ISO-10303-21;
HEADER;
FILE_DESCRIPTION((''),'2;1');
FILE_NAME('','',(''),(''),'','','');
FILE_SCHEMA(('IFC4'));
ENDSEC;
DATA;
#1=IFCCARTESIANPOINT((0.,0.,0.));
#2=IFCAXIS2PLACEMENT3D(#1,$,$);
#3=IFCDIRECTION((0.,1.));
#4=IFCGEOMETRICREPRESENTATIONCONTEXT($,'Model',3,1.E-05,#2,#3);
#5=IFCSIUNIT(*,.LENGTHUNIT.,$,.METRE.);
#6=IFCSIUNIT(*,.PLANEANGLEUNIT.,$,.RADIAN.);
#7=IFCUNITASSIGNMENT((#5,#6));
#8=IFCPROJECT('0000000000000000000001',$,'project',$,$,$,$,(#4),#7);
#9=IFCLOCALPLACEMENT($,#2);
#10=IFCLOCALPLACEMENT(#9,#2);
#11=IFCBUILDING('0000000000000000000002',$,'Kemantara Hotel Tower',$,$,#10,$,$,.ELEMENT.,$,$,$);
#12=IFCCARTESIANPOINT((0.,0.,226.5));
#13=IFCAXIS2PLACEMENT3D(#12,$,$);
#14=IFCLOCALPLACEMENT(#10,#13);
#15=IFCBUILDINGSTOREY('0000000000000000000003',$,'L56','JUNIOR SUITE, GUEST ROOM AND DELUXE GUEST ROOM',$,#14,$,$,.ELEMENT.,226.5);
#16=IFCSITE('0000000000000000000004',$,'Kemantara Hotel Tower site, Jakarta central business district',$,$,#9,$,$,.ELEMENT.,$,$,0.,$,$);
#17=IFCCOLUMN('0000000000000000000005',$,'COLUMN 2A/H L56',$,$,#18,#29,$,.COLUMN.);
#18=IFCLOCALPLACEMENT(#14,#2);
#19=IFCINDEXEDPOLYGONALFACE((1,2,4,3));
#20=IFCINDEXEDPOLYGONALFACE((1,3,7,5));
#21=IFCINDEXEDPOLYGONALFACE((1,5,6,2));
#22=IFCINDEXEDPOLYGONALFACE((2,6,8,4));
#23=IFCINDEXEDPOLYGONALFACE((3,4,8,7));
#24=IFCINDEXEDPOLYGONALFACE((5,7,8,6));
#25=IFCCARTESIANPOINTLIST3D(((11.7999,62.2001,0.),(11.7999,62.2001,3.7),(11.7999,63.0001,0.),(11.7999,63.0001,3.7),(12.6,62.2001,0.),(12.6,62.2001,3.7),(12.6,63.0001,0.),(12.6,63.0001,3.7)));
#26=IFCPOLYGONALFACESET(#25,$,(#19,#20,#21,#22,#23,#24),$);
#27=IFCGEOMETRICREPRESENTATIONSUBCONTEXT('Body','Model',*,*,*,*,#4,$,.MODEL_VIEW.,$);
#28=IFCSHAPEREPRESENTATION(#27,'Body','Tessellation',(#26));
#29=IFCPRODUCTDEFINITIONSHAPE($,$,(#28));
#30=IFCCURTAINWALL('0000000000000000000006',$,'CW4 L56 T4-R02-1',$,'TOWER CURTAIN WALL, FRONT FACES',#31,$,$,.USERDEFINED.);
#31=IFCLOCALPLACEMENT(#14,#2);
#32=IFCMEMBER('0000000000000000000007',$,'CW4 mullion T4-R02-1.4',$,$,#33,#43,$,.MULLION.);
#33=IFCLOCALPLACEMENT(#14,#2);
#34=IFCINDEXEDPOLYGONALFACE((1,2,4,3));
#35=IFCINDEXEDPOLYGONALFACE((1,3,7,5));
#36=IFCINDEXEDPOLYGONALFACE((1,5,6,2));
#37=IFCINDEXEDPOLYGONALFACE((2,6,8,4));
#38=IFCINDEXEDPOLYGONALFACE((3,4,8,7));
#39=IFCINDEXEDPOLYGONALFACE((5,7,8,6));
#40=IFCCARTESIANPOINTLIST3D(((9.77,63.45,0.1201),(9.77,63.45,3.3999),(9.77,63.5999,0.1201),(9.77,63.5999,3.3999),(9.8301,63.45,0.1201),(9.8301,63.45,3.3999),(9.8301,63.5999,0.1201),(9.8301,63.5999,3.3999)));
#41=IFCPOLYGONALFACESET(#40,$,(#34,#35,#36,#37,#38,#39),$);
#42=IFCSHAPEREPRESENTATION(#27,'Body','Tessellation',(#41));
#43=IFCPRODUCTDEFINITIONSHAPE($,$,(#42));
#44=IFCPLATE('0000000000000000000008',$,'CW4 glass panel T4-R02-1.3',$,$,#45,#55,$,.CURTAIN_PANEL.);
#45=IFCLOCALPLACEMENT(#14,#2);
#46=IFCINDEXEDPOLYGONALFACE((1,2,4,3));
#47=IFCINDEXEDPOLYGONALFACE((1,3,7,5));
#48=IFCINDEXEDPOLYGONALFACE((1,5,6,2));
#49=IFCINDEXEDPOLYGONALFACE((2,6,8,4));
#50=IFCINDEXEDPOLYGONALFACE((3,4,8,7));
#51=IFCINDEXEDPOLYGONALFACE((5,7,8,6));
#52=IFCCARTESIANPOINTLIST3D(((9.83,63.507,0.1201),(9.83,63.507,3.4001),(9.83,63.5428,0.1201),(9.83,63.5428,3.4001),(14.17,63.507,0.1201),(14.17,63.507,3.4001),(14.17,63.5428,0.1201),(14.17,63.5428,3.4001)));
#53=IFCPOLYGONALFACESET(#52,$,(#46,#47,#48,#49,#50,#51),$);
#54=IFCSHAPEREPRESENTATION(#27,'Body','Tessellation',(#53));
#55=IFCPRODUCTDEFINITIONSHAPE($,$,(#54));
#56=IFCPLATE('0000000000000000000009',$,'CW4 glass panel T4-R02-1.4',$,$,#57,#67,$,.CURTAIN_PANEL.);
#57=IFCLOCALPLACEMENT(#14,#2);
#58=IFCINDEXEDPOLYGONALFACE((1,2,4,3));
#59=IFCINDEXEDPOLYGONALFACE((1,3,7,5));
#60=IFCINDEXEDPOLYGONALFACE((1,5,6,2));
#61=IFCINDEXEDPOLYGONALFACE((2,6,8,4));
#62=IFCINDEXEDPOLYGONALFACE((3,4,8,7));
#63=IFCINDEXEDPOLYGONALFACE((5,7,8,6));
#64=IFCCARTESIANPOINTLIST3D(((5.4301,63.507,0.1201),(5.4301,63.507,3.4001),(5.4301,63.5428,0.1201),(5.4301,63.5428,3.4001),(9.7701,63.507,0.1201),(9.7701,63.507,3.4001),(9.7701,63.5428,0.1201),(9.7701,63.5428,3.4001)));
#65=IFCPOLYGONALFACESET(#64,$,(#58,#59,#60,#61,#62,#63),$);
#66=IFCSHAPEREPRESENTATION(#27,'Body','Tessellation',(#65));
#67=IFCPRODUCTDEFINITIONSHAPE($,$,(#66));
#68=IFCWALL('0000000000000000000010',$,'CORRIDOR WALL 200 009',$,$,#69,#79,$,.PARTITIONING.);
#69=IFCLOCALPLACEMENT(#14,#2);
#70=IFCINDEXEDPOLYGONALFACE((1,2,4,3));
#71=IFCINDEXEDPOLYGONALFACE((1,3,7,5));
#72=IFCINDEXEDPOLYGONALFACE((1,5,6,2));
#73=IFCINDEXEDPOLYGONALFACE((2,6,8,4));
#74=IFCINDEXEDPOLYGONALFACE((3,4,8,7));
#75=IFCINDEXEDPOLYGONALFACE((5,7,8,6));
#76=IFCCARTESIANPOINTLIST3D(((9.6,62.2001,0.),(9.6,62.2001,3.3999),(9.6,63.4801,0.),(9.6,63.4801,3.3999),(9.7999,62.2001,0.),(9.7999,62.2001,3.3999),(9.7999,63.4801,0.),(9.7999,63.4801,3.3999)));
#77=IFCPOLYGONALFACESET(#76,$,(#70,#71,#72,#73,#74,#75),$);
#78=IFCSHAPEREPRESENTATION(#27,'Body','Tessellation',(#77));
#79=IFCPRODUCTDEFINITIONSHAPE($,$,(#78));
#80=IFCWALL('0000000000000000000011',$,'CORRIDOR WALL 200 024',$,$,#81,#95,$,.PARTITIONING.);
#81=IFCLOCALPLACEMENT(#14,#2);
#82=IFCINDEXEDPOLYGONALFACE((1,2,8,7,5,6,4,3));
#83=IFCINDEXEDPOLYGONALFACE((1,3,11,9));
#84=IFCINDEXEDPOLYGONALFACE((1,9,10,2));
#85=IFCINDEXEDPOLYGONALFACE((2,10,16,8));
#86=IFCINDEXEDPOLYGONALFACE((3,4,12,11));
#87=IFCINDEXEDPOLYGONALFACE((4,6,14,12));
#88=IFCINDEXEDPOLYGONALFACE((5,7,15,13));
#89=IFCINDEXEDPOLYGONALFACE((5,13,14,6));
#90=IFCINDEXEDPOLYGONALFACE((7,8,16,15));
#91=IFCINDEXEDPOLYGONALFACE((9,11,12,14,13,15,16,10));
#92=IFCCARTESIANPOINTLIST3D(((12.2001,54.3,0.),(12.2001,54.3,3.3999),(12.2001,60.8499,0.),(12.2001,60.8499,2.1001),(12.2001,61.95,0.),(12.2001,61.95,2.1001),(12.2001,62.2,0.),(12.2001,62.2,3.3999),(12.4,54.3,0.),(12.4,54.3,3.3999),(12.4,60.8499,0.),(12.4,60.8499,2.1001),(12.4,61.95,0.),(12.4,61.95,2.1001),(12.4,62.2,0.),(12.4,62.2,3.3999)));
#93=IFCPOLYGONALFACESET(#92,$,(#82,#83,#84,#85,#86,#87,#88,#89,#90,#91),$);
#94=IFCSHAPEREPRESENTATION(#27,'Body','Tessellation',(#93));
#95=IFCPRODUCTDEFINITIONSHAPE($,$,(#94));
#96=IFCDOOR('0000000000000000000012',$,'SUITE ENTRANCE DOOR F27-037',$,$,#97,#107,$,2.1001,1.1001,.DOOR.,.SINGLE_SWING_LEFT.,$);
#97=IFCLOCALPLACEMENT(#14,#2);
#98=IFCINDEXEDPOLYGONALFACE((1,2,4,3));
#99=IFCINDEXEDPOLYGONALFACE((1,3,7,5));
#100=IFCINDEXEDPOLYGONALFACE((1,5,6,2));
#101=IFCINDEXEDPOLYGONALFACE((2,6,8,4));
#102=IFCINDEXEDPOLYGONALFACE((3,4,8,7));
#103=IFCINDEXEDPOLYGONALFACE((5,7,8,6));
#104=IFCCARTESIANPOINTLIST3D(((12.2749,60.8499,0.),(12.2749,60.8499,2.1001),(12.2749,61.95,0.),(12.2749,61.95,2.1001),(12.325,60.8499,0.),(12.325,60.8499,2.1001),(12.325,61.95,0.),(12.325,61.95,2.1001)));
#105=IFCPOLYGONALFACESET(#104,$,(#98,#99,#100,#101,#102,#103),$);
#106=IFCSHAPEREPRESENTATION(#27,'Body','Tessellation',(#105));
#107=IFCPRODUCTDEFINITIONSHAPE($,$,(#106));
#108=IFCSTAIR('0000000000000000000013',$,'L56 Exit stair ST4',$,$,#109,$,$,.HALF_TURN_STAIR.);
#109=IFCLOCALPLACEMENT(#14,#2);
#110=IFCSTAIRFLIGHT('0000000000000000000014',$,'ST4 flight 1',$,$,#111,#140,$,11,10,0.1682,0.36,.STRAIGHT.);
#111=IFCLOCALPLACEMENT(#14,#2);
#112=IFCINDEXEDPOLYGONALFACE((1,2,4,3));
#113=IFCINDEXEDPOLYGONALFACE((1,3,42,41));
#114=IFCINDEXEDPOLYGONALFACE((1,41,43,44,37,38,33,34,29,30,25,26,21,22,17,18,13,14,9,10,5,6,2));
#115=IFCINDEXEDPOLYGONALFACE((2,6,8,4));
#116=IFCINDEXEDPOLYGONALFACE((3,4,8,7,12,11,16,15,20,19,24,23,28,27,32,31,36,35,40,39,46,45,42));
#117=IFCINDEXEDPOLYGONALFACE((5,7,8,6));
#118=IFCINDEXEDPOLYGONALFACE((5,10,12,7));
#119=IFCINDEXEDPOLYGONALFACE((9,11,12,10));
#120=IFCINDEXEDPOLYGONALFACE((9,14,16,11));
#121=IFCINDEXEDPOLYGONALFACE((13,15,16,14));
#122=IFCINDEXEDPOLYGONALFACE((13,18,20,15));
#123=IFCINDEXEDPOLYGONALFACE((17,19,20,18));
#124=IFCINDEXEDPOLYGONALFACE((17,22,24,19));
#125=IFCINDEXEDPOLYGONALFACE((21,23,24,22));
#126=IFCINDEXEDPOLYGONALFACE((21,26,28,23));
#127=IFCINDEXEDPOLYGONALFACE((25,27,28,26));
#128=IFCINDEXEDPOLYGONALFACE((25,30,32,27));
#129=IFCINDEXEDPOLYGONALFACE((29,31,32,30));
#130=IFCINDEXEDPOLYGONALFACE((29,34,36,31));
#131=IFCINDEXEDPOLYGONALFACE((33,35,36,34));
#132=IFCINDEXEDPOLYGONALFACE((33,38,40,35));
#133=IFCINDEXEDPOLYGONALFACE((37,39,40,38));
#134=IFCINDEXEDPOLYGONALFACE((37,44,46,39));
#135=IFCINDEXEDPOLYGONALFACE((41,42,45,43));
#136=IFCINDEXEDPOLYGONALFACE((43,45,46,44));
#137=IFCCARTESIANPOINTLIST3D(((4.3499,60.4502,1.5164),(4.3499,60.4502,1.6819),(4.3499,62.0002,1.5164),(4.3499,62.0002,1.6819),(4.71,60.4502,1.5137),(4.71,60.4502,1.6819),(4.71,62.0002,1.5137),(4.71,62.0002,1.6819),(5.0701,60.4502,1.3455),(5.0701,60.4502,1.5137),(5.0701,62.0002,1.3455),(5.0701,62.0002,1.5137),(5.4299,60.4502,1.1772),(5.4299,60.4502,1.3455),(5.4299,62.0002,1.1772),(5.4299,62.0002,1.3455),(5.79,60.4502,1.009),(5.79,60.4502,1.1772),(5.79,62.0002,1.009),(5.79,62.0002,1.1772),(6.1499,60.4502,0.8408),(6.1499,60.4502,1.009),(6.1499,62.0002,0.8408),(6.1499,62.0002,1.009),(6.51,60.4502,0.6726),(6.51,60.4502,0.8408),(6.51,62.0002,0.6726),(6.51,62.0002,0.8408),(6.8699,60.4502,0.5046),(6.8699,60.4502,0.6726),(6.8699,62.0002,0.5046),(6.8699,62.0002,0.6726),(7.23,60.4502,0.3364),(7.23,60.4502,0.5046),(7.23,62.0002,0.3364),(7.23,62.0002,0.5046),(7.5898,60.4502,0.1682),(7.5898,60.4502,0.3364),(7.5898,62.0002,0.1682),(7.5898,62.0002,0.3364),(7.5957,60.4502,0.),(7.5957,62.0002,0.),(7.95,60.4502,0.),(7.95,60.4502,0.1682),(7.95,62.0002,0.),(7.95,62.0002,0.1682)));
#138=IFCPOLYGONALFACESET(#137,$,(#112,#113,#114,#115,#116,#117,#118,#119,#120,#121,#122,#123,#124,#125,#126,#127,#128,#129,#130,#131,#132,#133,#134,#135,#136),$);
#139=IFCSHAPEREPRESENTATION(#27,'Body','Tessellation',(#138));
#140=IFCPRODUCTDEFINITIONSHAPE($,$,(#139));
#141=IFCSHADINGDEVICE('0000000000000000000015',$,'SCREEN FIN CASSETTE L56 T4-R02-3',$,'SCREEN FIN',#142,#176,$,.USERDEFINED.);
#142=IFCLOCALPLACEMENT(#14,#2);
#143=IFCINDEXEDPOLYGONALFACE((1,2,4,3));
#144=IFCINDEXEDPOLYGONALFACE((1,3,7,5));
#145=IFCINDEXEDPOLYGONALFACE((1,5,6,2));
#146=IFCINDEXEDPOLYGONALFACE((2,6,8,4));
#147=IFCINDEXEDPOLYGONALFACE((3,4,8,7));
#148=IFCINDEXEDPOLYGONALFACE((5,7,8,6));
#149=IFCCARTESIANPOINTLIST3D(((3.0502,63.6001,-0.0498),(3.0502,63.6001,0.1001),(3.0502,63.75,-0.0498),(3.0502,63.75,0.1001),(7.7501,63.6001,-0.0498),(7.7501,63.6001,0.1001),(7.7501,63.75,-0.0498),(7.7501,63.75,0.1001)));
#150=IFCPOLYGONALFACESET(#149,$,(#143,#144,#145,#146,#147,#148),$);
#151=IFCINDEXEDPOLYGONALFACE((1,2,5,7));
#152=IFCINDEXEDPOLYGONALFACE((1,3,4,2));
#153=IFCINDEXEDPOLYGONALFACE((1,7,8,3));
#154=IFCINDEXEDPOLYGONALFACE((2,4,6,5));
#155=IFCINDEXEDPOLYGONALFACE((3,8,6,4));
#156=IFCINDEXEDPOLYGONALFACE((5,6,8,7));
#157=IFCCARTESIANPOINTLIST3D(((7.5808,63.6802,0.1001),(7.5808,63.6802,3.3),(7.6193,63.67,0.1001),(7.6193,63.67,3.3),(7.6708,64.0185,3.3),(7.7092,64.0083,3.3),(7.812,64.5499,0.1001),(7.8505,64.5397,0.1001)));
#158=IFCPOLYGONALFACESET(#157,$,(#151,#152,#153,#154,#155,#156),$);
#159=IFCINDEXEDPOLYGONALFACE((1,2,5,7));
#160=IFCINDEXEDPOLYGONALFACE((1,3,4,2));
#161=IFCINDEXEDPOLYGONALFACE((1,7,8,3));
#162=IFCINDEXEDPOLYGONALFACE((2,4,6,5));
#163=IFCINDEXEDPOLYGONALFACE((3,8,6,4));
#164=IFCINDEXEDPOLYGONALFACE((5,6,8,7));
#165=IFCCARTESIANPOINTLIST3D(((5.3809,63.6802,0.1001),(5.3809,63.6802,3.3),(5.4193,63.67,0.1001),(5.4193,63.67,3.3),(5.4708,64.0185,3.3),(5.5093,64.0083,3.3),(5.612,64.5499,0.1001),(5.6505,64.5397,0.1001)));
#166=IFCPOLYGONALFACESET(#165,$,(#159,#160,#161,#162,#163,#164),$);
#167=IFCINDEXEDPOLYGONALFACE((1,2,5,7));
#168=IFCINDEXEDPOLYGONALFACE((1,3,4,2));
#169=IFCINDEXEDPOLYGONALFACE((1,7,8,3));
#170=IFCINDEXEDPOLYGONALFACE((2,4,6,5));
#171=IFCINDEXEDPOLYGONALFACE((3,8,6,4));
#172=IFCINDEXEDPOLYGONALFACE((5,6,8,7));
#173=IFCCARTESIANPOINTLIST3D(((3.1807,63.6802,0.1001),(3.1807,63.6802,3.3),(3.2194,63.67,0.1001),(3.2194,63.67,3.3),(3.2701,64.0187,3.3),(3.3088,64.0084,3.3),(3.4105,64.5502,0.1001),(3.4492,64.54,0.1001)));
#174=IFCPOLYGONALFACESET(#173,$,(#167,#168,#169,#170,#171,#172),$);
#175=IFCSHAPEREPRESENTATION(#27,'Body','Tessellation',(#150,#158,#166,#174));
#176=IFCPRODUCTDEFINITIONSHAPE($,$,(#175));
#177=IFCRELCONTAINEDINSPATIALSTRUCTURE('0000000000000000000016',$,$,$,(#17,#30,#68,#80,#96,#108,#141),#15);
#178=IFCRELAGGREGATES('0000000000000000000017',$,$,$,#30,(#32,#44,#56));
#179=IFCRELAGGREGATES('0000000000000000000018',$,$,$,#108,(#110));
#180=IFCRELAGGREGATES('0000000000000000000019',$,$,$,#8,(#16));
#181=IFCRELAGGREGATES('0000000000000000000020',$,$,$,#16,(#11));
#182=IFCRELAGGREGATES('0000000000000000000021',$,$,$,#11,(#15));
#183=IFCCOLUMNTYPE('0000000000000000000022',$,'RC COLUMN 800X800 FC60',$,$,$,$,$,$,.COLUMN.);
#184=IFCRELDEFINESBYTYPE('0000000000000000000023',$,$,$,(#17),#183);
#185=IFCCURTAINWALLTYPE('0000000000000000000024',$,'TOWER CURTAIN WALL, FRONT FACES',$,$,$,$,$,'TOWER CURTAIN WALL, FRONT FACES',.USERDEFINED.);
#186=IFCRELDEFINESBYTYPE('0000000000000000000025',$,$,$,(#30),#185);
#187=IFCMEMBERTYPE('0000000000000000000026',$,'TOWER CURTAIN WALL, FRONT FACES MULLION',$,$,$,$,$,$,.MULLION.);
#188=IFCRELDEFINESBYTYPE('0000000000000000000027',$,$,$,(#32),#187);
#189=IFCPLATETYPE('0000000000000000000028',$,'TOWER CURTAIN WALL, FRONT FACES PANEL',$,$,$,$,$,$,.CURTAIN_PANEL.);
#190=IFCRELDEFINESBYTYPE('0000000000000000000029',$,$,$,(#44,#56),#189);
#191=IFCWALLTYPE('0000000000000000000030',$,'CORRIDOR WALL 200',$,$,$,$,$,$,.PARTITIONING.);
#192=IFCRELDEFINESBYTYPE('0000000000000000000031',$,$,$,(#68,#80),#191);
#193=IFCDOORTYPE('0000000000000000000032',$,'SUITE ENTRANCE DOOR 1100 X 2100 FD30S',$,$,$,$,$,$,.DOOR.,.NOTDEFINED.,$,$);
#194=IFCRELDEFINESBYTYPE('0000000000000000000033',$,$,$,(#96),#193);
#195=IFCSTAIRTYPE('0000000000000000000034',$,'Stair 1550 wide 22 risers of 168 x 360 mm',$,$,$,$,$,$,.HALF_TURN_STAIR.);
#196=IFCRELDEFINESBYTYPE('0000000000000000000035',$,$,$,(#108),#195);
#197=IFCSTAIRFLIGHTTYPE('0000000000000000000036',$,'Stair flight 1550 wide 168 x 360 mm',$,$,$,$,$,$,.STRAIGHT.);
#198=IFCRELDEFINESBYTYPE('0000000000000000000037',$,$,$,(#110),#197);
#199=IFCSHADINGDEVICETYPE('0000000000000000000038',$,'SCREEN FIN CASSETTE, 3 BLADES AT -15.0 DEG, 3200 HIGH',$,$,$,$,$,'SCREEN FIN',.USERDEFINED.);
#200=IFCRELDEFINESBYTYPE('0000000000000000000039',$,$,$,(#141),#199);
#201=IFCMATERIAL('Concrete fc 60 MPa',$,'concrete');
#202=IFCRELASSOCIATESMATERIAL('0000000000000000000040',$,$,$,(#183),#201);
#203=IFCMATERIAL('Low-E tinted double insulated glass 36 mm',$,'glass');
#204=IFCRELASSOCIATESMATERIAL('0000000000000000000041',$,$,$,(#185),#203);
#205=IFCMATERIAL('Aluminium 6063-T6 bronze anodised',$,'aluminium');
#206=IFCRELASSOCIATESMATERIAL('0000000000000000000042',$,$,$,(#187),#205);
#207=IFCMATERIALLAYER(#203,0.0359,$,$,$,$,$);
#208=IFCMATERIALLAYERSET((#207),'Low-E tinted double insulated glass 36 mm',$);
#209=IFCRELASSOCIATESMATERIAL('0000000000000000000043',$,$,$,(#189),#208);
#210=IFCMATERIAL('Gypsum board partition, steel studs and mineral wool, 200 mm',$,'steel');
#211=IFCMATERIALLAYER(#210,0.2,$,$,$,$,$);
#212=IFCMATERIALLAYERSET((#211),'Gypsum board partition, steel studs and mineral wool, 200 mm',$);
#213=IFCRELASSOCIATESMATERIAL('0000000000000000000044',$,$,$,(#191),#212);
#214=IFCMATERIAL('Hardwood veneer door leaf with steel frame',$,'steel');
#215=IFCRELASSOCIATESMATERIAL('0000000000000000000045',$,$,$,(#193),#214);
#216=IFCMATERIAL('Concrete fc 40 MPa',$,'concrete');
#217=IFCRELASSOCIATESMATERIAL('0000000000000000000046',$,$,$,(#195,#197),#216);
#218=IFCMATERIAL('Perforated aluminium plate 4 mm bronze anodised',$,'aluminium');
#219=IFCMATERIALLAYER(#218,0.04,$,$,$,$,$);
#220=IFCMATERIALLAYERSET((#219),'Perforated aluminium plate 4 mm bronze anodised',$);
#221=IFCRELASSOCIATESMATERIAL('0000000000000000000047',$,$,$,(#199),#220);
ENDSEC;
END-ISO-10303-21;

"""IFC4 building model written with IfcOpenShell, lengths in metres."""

from ifc_helpers import new_model, si_unit, direction, frame, frame_2d, origin, origin_2d, place, context, subcontext, project, spatial, polyline, rectangle, outline, extrude, source, transform, mapped, material, layer, layer_set, material_profile, profile_set, type_object, element, fill, aggregate, save


model = new_model("IFC4")

# Units and contexts
model_context = context("Model", 3, precision=1e-05, world=origin(), true_north=direction((0.0, 1.0)))
body_context = subcontext(model_context, "Body", "Model", "MODEL_VIEW")
ifc_project = project(units=[si_unit("LENGTHUNIT", "METRE"), si_unit("PLANEANGLEUNIT", "RADIAN")], contexts=[model_context])

# Site, building, storey
site_placement = place(None, origin())
site = spatial("IfcSite", under=ifc_project, at=site_placement, Name="Kemantara Hotel Tower site, Jakarta central business district", CompositionType="ELEMENT", RefElevation=0.0)
building_placement = place(site_placement, origin())
building = spatial("IfcBuilding", under=site, at=building_placement, Name="Kemantara Hotel Tower", CompositionType="ELEMENT")
storey_placement = place(building_placement, frame((0.0, 0.0, 226.5)))
storey = spatial("IfcBuildingStorey", under=building, at=storey_placement, Name="L56", Description="JUNIOR SUITE, GUEST ROOM AND DELUXE GUEST ROOM", CompositionType="ELEMENT", Elevation=226.5)

# Column
ifc_material_1 = material(Name="Concrete fc 60 MPa", Category="concrete")
ifc_material_profile_1 = material_profile(ifc_material_1, rectangle(XDim=0.8, YDim=0.8, at=origin_2d()), Name="RC 800X800")
ifc_profile_set_1 = profile_set([ifc_material_profile_1], Name="Concrete fc 60 MPa")
column_type = type_object("IfcColumnType", Name="RC COLUMN 800X800 FC60", PredefinedType="COLUMN", material=ifc_profile_set_1)
column_placement = place(storey_placement, frame((12.2, 62.6001, 0.0), z_axis=(0.0, 0.0, 1.0), x_axis=(1.0, 0.0, 0.0)))
element("IfcColumn", 1, at=column_placement, inside=storey, type_object=column_type, Name="COLUMN 2A/H L56", PredefinedType="COLUMN", context=body_context, shape_type="SweptSolid", body=[
    extrude(rectangle(XDim=0.8, YDim=0.8, at=origin_2d()), origin(), (0.0, 0.0, 1.0), 3.7),
])

# Curtain wall, member, plates
ifc_material_2 = material(Name="Low-E tinted double insulated glass 36 mm", Category="glass")
curtain_wall_type = type_object("IfcCurtainWallType", Name="TOWER CURTAIN WALL, FRONT FACES", ElementType="TOWER CURTAIN WALL, FRONT FACES", PredefinedType="USERDEFINED", material=ifc_material_2)
curtain_wall_placement = place(storey_placement, origin())
curtain_wall = element("IfcCurtainWall", 2, at=curtain_wall_placement, inside=storey, type_object=curtain_wall_type, Name="CW4 L56 T4-R02-1", ObjectType="TOWER CURTAIN WALL, FRONT FACES", PredefinedType="USERDEFINED")
ifc_material_3 = material(Name="Aluminium 6063-T6 bronze anodised", Category="aluminium")
ifc_material_profile_2 = material_profile(ifc_material_3, rectangle(XDim=0.1499, YDim=0.0601, at=origin_2d()), Name="TOWER CURTAIN WALL, FRONT FACES MULLION")
ifc_profile_set_2 = profile_set([ifc_material_profile_2], Name="Aluminium 6063-T6 bronze anodised")
member_type = type_object("IfcMemberType", Name="TOWER CURTAIN WALL, FRONT FACES MULLION", PredefinedType="MULLION", material=ifc_profile_set_2)
shared_shape_1 = source(origin(), body_context, "Body", "SweptSolid", [
    extrude(rectangle(XDim=0.1499, YDim=0.0601, at=origin_2d()), origin(), (0.0, 0.0, 1.0), 3.2798),
])
member_placement = place(storey_placement, frame((9.8, 63.5249, 0.1201), z_axis=(0.0, 0.0, 1.0), x_axis=(0.0, -1.0, 0.0)))
member = element("IfcMember", 3, at=member_placement, type_object=member_type, Name="CW4 mullion T4-R02-1.4", PredefinedType="MULLION", context=body_context, shape_type="MappedRepresentation", body=[
    mapped(shared_shape_1, transform((0.0, 0.0, 0.0))),
])
ifc_layer_1 = layer(ifc_material_2, 0.0359)
ifc_layer_set_1 = layer_set([ifc_layer_1], Name="Low-E tinted double insulated glass 36 mm")
plate_type = type_object("IfcPlateType", Name="TOWER CURTAIN WALL, FRONT FACES PANEL", PredefinedType="CURTAIN_PANEL", material=ifc_layer_set_1)
shared_shape_2 = source(origin(), body_context, "Body", "SweptSolid", [
    extrude(rectangle(XDim=4.3401, YDim=0.0359, at=origin_2d()), origin(), (0.0, 0.0, 1.0), 3.28),
])
plate_1_placement = place(storey_placement, frame((12.0, 63.5249, 0.1201), z_axis=(0.0, 0.0, 1.0), x_axis=(-1.0, 0.0, 0.0)))
plate_1 = element("IfcPlate", 4, at=plate_1_placement, type_object=plate_type, Name="CW4 glass panel T4-R02-1.3", PredefinedType="CURTAIN_PANEL", context=body_context, shape_type="MappedRepresentation", body=[
    mapped(shared_shape_2, transform((0.0, 0.0, 0.0))),
])
plate_2_placement = place(storey_placement, frame((7.6001, 63.5249, 0.1201), z_axis=(0.0, 0.0, 1.0), x_axis=(-1.0, 0.0, 0.0)))
plate_2 = element("IfcPlate", 5, at=plate_2_placement, type_object=plate_type, Name="CW4 glass panel T4-R02-1.4", PredefinedType="CURTAIN_PANEL", context=body_context, shape_type="MappedRepresentation", body=[
    mapped(shared_shape_2, transform((0.0, 0.0, 0.0))),
])
aggregate(curtain_wall, [member, plate_1, plate_2])

# Wall
ifc_material_4 = material(Name="Gypsum board partition, steel studs and mineral wool, 200 mm", Category="steel")
ifc_layer_2 = layer(ifc_material_4, 0.2)
ifc_layer_set_2 = layer_set([ifc_layer_2], Name="Gypsum board partition, steel studs and mineral wool, 200 mm")
wall_type = type_object("IfcWallType", Name="CORRIDOR WALL 200", PredefinedType="PARTITIONING", material=ifc_layer_set_2)
wall_1_placement = place(storey_placement, frame((9.7, 62.2, 0.0), z_axis=(0.0, 0.0, 1.0), x_axis=(0.0, 1.0, 0.0)))
element("IfcWall", 6, at=wall_1_placement, inside=storey, type_object=wall_type, Name="CORRIDOR WALL 200 009", PredefinedType="PARTITIONING", context=body_context, shape_type="SweptSolid", body=[
    extrude(rectangle(XDim=1.28, YDim=0.2, at=frame_2d((0.6401, 0.0))), origin(), (0.0, 0.0, 1.0), 3.3999),
])

# Wall, opening, door
wall_2_placement = place(storey_placement, frame((12.3, 62.2, 0.0), z_axis=(0.0, 0.0, 1.0), x_axis=(0.0, -1.0, 0.0)))
wall_2 = element("IfcWall", 7, at=wall_2_placement, inside=storey, type_object=wall_type, Name="CORRIDOR WALL 200 024", PredefinedType="PARTITIONING", context=body_context, shape_type="SweptSolid", body=[
    extrude(rectangle(XDim=7.8999, YDim=0.2, at=frame_2d((3.95, 0.0))), origin(), (0.0, 0.0, 1.0), 3.3999),
])
opening_placement = place(wall_2_placement, frame((0.25, 0.0, 0.0)))
opening = element("IfcOpeningElement", 8, at=opening_placement, cuts=wall_2, PredefinedType="OPENING", context=body_context, shape_type="SweptSolid", body=[
    extrude(rectangle(XDim=1.1001, YDim=2.1001, at=frame_2d((0.55, 1.05))), frame((0.0, 0.1099, 0.0), z_axis=(0.0, -1.0, 0.0), x_axis=(1.0, 0.0, 0.0)), (0.0, 0.0, 1.0), 0.22),
])
ifc_material_5 = material(Name="Hardwood veneer door leaf with steel frame", Category="steel")
door_type = type_object("IfcDoorType", Name="SUITE ENTRANCE DOOR 1100 X 2100 FD30S", OperationType="NOTDEFINED", PredefinedType="DOOR", material=ifc_material_5)
door_placement = place(opening_placement, origin())
door = element("IfcDoor", 9, at=door_placement, inside=storey, type_object=door_type, Name="SUITE ENTRANCE DOOR F27-037", OperationType="SINGLE_SWING_LEFT", OverallHeight=2.1001, OverallWidth=1.1001, PredefinedType="DOOR", context=body_context, shape_type="SweptSolid", body=[
    extrude(rectangle(XDim=1.1001, YDim=2.1001, at=frame_2d((0.55, 1.05))), frame((0.0, 0.0249, 0.0), z_axis=(0.0, -1.0, 0.0), x_axis=(1.0, 0.0, 0.0)), (0.0, 0.0, 1.0), 0.05),
])
fill(opening, door)

# Stair, stair flight
ifc_material_6 = material(Name="Concrete fc 40 MPa", Category="concrete")
stair_type = type_object("IfcStairType", Name="Stair 1550 wide 22 risers of 168 x 360 mm", PredefinedType="HALF_TURN_STAIR", material=ifc_material_6)
stair_placement = place(storey_placement, origin())
stair = element("IfcStair", 10, at=stair_placement, inside=storey, type_object=stair_type, Name="L56 Exit stair ST4", PredefinedType="HALF_TURN_STAIR")
stair_flight_type = type_object("IfcStairFlightType", Name="Stair flight 1550 wide 168 x 360 mm", PredefinedType="STRAIGHT", material=ifc_material_6)
stair_flight_placement = place(storey_placement, frame((7.95, 61.2251, 0.0), z_axis=(0.0, 0.0, 1.0), x_axis=(-1.0, 0.0, 0.0)))
stair_flight = element("IfcStairFlight", 11, at=stair_flight_placement, type_object=stair_flight_type, Name="ST4 flight 1", NumberOfRisers=11, NumberOfTreads=10, PredefinedType="STRAIGHT", RiserHeight=0.1682, TreadLength=0.36, context=body_context, shape_type="SweptSolid", body=[
    extrude(outline(polyline([(0.0, 0.0), (0.0, 0.1682), (0.3601, 0.1682), (0.3601, 0.3364), (0.72, 0.3364), (0.72, 0.5046), (1.0801, 0.5046), (1.0801, 0.6726), (1.4399, 0.6726), (1.4399, 0.8408), (1.8, 0.8408), (1.8, 1.009), (2.1599, 1.009), (2.1599, 1.1772), (2.52, 1.1772), (2.52, 1.3455), (2.8799, 1.3455), (2.8799, 1.5137), (3.24, 1.5137), (3.24, 1.6819), (3.6001, 1.6819), (3.6001, 1.8501), (3.6001, 1.5164), (0.3542, 0.0), (0.0, 0.0)])), frame((0.0, 0.7749, 0.0), z_axis=(0.0, -1.0, 0.0), x_axis=(1.0, 0.0, 0.0)), (0.0, 0.0, 1.0), 1.55),
])
aggregate(stair, [stair_flight])

# Shading device
ifc_material_7 = material(Name="Perforated aluminium plate 4 mm bronze anodised", Category="aluminium")
ifc_layer_3 = layer(ifc_material_7, 0.04)
ifc_layer_set_3 = layer_set([ifc_layer_3], Name="Perforated aluminium plate 4 mm bronze anodised")
shading_device_type = type_object("IfcShadingDeviceType", Name="SCREEN FIN CASSETTE, 3 BLADES AT -15.0 DEG, 3200 HIGH", ElementType="SCREEN FIN", PredefinedType="USERDEFINED", material=ifc_layer_set_3)
shared_shape_3 = source(origin(), body_context, "Body", "SweptSolid", [
    extrude(rectangle(XDim=4.7, YDim=0.1499, at=origin_2d()), frame((2.2, -0.075, -0.1499), z_axis=(0.0, 0.0, 1.0), x_axis=(1.0, 0.0, 0.0)), (0.0, 0.0, 1.0), 0.1499),
    extrude(outline(polyline([(0.0, 0.0), (0.8999, 0.0), (0.3501, 3.2), (0.0, 3.2), (0.0, 0.0)])), frame((0.0193, -0.0801, 0.0), z_axis=(-0.966438, 0.256901, 0.0), x_axis=(-0.256901, -0.966438, 0.0)), (0.0, 0.0, 1.0), 0.0398),
    extrude(outline(polyline([(0.0, 0.0), (0.8999, 0.0), (0.3501, 3.2), (0.0, 3.2), (0.0, 0.0)])), frame((2.2192, -0.0801, 0.0), z_axis=(-0.966438, 0.256901, 0.0), x_axis=(-0.256901, -0.966438, 0.0)), (0.0, 0.0, 1.0), 0.0398),
    extrude(outline(polyline([(0.0, 0.0), (0.8999, 0.0), (0.3501, 3.2), (0.0, 3.2), (0.0, 0.0)])), frame((4.4194, -0.0801, 0.0), z_axis=(-0.966838, 0.255391, 0.0), x_axis=(-0.255391, -0.966838, 0.0)), (0.0, 0.0, 1.0), 0.04),
])
shading_device_placement = place(storey_placement, frame((7.6001, 63.6001, 0.1001), z_axis=(0.0, 0.0, 1.0), x_axis=(-1.0, 0.0, 0.0)))
element("IfcShadingDevice", 12, at=shading_device_placement, inside=storey, type_object=shading_device_type, Name="SCREEN FIN CASSETTE L56 T4-R02-3", ObjectType="SCREEN FIN", PredefinedType="USERDEFINED", context=body_context, shape_type="MappedRepresentation", body=[
    mapped(shared_shape_3, transform((0.0, 0.0, 0.0))),
])

save(model, "model.ifc")
